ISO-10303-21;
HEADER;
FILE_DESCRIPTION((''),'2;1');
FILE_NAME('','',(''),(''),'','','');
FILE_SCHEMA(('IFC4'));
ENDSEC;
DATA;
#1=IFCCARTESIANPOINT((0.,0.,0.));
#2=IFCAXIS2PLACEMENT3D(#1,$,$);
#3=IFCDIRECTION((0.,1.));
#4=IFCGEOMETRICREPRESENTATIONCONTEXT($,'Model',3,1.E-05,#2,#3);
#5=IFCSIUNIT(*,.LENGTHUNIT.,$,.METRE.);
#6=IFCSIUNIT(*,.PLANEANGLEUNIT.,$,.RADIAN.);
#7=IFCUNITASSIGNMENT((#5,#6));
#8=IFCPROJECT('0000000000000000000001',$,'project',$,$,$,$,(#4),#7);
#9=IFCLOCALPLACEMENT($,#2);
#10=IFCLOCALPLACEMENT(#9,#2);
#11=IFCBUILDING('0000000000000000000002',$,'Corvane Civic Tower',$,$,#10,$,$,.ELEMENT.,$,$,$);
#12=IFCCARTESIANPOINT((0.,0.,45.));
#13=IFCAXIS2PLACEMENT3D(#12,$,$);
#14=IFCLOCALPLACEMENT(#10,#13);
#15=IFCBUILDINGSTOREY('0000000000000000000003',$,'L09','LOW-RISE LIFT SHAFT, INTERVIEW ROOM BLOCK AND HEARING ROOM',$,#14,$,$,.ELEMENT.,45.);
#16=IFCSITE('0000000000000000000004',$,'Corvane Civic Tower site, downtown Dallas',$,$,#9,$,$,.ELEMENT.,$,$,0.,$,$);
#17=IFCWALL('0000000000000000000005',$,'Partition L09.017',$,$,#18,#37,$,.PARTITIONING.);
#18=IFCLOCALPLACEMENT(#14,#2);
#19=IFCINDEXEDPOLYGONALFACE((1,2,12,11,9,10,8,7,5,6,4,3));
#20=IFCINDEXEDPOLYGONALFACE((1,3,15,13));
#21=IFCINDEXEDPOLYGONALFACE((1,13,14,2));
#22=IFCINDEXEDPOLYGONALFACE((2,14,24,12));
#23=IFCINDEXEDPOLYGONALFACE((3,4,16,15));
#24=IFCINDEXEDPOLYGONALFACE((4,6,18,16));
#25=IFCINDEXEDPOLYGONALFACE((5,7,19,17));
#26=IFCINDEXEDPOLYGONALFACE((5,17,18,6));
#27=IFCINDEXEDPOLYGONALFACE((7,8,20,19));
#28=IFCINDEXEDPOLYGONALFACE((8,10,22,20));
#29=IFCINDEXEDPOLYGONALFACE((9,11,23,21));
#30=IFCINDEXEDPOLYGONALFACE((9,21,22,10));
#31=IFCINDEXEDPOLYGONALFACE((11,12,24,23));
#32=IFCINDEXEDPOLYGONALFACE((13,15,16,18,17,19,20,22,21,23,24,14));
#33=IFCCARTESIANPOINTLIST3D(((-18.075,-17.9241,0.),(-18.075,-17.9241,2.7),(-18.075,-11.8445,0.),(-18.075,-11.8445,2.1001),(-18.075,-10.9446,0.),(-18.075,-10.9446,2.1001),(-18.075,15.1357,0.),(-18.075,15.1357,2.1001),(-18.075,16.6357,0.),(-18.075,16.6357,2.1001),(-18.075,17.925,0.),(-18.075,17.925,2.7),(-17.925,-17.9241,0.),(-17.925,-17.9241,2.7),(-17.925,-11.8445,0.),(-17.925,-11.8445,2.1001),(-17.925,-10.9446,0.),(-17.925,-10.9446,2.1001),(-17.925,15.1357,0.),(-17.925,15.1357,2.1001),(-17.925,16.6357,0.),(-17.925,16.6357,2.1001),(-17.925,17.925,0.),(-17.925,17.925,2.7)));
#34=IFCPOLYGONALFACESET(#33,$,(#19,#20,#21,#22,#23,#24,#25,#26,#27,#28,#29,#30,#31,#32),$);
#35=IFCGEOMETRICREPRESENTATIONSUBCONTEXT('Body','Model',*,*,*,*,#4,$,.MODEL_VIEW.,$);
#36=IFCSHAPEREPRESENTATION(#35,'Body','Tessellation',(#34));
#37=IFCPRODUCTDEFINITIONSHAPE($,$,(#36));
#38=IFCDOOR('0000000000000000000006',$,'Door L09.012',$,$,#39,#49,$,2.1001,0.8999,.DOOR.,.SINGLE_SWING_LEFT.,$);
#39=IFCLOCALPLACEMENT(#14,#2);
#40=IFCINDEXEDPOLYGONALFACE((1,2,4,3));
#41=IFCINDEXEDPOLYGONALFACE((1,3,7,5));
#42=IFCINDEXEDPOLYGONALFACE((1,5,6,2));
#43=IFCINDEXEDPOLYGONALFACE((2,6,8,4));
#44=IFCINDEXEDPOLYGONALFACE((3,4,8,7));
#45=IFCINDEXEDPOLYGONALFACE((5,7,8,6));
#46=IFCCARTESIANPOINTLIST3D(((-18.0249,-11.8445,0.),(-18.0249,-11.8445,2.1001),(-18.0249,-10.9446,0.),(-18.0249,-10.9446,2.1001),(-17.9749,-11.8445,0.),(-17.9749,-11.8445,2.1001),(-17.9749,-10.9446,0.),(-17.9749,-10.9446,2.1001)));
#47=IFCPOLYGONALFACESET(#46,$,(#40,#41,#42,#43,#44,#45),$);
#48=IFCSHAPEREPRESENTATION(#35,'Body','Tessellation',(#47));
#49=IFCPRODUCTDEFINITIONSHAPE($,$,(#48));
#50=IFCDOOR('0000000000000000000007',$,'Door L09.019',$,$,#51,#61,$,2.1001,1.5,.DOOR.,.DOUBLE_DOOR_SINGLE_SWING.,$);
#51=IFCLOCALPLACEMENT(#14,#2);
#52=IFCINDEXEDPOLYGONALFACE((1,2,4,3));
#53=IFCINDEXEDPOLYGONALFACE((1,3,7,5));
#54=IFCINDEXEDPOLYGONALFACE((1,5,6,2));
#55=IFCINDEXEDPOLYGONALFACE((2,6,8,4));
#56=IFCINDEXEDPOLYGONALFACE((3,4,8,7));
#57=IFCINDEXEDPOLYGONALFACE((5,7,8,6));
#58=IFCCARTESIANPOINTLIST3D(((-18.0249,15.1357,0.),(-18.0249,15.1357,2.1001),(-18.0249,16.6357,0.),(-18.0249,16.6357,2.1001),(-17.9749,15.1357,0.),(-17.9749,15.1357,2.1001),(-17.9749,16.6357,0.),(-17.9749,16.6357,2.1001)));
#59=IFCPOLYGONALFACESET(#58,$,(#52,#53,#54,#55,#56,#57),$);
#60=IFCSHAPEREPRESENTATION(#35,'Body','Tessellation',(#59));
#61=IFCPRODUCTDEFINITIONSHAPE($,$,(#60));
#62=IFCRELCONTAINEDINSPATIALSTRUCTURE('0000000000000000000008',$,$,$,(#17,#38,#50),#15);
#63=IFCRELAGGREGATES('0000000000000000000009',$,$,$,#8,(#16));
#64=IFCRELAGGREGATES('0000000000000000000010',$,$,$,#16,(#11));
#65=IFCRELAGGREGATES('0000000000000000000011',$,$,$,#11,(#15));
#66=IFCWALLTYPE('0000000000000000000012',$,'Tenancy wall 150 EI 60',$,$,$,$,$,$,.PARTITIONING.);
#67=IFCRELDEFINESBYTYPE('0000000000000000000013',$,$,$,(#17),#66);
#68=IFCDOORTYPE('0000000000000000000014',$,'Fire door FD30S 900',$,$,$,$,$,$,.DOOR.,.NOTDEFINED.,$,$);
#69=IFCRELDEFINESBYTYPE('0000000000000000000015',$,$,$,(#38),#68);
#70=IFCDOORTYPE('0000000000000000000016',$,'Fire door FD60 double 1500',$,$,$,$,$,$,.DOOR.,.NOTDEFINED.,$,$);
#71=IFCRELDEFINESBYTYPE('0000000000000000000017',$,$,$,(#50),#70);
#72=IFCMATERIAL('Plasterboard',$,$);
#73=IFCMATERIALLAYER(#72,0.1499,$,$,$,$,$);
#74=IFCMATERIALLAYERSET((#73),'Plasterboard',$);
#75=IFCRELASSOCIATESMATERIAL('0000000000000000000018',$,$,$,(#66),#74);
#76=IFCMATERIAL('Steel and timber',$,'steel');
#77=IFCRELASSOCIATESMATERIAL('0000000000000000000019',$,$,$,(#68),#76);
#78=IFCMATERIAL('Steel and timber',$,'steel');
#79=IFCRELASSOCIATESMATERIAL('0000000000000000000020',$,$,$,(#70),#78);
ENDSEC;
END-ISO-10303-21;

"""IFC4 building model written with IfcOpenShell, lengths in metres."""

from ifc_helpers import new_model, si_unit, direction, frame, frame_2d, origin, place, context, subcontext, project, spatial, rectangle, extrude, material, layer, layer_set, type_object, element, fill, save


model = new_model("IFC4")

# Units and contexts
model_context = context("Model", 3, precision=1e-05, world=origin(), true_north=direction((0.0, 1.0)))
body_context = subcontext(model_context, "Body", "Model", "MODEL_VIEW")
ifc_project = project(units=[si_unit("LENGTHUNIT", "METRE"), si_unit("PLANEANGLEUNIT", "RADIAN")], contexts=[model_context])

# Site, building, storey
site_placement = place(None, origin())
site = spatial("IfcSite", under=ifc_project, at=site_placement, Name="Corvane Civic Tower site, downtown Dallas", CompositionType="ELEMENT", RefElevation=0.0)
building_placement = place(site_placement, origin())
building = spatial("IfcBuilding", under=site, at=building_placement, Name="Corvane Civic Tower", CompositionType="ELEMENT")
storey_placement = place(building_placement, frame((0.0, 0.0, 45.0)))
storey = spatial("IfcBuildingStorey", under=building, at=storey_placement, Name="L09", Description="LOW-RISE LIFT SHAFT, INTERVIEW ROOM BLOCK AND HEARING ROOM", CompositionType="ELEMENT", Elevation=45.0)

# Wall, openings, doors
ifc_material_1 = material(Name="Plasterboard")
ifc_layer_1 = layer(ifc_material_1, 0.1499)
ifc_layer_set_1 = layer_set([ifc_layer_1], Name="Plasterboard")
wall_type_1 = type_object("IfcWallType", Name="Tenancy wall 150 EI 60", PredefinedType="PARTITIONING", material=ifc_layer_set_1)
wall_1_placement = place(storey_placement, frame((-18.0, -17.9241, 0.0), z_axis=(0.0, 0.0, 1.0), x_axis=(0.0, 1.0, 0.0)))
wall_1 = element("IfcWall", 1, at=wall_1_placement, inside=storey, type_object=wall_type_1, Name="Partition L09.017", PredefinedType="PARTITIONING", context=body_context, shape_type="SweptSolid", body=[
    extrude(rectangle(XDim=35.8491, YDim=0.1499, at=frame_2d((17.9246, 0.0))), origin(), (0.0, 0.0, 1.0), 2.7),
])
opening_1_placement = place(wall_1_placement, frame((6.0796, 0.0, 0.0)))
opening_1 = element("IfcOpeningElement", 2, at=opening_1_placement, cuts=wall_1, PredefinedType="OPENING", context=body_context, shape_type="SweptSolid", body=[
    extrude(rectangle(XDim=0.8999, YDim=2.1001, at=frame_2d((0.45, 1.05))), frame((0.0, 0.085, 0.0), z_axis=(0.0, -1.0, 0.0), x_axis=(1.0, 0.0, 0.0)), (0.0, 0.0, 1.0), 0.1699),
])
opening_2_placement = place(wall_1_placement, frame((33.0598, 0.0, 0.0)))
opening_2 = element("IfcOpeningElement", 3, at=opening_2_placement, cuts=wall_1, PredefinedType="OPENING", context=body_context, shape_type="SweptSolid", body=[
    extrude(rectangle(XDim=1.5, YDim=2.1001, at=frame_2d((0.75, 1.05))), frame((0.0, 0.085, 0.0), z_axis=(0.0, -1.0, 0.0), x_axis=(1.0, 0.0, 0.0)), (0.0, 0.0, 1.0), 0.1699),
])
ifc_material_2 = material(Name="Steel and timber", Category="steel")
door_type_1 = type_object("IfcDoorType", Name="Fire door FD30S 900", OperationType="NOTDEFINED", PredefinedType="DOOR", material=ifc_material_2)
door_1_placement = place(opening_1_placement, origin())
door_1 = element("IfcDoor", 4, at=door_1_placement, inside=storey, type_object=door_type_1, Name="Door L09.012", OperationType="SINGLE_SWING_LEFT", OverallHeight=2.1001, OverallWidth=0.8999, PredefinedType="DOOR", context=body_context, shape_type="SweptSolid", body=[
    extrude(rectangle(XDim=0.8999, YDim=2.1001, at=frame_2d((0.45, 1.05))), frame((0.0, 0.0249, 0.0), z_axis=(0.0, -1.0, 0.0), x_axis=(1.0, 0.0, 0.0)), (0.0, 0.0, 1.0), 0.05),
])
fill(opening_1, door_1)
ifc_material_3 = material(Name="Steel and timber", Category="steel")
door_type_2 = type_object("IfcDoorType", Name="Fire door FD60 double 1500", OperationType="NOTDEFINED", PredefinedType="DOOR", material=ifc_material_3)
door_2_placement = place(opening_2_placement, origin())
door_2 = element("IfcDoor", 5, at=door_2_placement, inside=storey, type_object=door_type_2, Name="Door L09.019", OperationType="DOUBLE_DOOR_SINGLE_SWING", OverallHeight=2.1001, OverallWidth=1.5, PredefinedType="DOOR", context=body_context, shape_type="SweptSolid", body=[
    extrude(rectangle(XDim=1.5, YDim=2.1001, at=frame_2d((0.75, 1.05))), frame((0.0, 0.0249, 0.0), z_axis=(0.0, -1.0, 0.0), x_axis=(1.0, 0.0, 0.0)), (0.0, 0.0, 1.0), 0.05),
])
fill(opening_2, door_2)

save(model, "model.ifc")
